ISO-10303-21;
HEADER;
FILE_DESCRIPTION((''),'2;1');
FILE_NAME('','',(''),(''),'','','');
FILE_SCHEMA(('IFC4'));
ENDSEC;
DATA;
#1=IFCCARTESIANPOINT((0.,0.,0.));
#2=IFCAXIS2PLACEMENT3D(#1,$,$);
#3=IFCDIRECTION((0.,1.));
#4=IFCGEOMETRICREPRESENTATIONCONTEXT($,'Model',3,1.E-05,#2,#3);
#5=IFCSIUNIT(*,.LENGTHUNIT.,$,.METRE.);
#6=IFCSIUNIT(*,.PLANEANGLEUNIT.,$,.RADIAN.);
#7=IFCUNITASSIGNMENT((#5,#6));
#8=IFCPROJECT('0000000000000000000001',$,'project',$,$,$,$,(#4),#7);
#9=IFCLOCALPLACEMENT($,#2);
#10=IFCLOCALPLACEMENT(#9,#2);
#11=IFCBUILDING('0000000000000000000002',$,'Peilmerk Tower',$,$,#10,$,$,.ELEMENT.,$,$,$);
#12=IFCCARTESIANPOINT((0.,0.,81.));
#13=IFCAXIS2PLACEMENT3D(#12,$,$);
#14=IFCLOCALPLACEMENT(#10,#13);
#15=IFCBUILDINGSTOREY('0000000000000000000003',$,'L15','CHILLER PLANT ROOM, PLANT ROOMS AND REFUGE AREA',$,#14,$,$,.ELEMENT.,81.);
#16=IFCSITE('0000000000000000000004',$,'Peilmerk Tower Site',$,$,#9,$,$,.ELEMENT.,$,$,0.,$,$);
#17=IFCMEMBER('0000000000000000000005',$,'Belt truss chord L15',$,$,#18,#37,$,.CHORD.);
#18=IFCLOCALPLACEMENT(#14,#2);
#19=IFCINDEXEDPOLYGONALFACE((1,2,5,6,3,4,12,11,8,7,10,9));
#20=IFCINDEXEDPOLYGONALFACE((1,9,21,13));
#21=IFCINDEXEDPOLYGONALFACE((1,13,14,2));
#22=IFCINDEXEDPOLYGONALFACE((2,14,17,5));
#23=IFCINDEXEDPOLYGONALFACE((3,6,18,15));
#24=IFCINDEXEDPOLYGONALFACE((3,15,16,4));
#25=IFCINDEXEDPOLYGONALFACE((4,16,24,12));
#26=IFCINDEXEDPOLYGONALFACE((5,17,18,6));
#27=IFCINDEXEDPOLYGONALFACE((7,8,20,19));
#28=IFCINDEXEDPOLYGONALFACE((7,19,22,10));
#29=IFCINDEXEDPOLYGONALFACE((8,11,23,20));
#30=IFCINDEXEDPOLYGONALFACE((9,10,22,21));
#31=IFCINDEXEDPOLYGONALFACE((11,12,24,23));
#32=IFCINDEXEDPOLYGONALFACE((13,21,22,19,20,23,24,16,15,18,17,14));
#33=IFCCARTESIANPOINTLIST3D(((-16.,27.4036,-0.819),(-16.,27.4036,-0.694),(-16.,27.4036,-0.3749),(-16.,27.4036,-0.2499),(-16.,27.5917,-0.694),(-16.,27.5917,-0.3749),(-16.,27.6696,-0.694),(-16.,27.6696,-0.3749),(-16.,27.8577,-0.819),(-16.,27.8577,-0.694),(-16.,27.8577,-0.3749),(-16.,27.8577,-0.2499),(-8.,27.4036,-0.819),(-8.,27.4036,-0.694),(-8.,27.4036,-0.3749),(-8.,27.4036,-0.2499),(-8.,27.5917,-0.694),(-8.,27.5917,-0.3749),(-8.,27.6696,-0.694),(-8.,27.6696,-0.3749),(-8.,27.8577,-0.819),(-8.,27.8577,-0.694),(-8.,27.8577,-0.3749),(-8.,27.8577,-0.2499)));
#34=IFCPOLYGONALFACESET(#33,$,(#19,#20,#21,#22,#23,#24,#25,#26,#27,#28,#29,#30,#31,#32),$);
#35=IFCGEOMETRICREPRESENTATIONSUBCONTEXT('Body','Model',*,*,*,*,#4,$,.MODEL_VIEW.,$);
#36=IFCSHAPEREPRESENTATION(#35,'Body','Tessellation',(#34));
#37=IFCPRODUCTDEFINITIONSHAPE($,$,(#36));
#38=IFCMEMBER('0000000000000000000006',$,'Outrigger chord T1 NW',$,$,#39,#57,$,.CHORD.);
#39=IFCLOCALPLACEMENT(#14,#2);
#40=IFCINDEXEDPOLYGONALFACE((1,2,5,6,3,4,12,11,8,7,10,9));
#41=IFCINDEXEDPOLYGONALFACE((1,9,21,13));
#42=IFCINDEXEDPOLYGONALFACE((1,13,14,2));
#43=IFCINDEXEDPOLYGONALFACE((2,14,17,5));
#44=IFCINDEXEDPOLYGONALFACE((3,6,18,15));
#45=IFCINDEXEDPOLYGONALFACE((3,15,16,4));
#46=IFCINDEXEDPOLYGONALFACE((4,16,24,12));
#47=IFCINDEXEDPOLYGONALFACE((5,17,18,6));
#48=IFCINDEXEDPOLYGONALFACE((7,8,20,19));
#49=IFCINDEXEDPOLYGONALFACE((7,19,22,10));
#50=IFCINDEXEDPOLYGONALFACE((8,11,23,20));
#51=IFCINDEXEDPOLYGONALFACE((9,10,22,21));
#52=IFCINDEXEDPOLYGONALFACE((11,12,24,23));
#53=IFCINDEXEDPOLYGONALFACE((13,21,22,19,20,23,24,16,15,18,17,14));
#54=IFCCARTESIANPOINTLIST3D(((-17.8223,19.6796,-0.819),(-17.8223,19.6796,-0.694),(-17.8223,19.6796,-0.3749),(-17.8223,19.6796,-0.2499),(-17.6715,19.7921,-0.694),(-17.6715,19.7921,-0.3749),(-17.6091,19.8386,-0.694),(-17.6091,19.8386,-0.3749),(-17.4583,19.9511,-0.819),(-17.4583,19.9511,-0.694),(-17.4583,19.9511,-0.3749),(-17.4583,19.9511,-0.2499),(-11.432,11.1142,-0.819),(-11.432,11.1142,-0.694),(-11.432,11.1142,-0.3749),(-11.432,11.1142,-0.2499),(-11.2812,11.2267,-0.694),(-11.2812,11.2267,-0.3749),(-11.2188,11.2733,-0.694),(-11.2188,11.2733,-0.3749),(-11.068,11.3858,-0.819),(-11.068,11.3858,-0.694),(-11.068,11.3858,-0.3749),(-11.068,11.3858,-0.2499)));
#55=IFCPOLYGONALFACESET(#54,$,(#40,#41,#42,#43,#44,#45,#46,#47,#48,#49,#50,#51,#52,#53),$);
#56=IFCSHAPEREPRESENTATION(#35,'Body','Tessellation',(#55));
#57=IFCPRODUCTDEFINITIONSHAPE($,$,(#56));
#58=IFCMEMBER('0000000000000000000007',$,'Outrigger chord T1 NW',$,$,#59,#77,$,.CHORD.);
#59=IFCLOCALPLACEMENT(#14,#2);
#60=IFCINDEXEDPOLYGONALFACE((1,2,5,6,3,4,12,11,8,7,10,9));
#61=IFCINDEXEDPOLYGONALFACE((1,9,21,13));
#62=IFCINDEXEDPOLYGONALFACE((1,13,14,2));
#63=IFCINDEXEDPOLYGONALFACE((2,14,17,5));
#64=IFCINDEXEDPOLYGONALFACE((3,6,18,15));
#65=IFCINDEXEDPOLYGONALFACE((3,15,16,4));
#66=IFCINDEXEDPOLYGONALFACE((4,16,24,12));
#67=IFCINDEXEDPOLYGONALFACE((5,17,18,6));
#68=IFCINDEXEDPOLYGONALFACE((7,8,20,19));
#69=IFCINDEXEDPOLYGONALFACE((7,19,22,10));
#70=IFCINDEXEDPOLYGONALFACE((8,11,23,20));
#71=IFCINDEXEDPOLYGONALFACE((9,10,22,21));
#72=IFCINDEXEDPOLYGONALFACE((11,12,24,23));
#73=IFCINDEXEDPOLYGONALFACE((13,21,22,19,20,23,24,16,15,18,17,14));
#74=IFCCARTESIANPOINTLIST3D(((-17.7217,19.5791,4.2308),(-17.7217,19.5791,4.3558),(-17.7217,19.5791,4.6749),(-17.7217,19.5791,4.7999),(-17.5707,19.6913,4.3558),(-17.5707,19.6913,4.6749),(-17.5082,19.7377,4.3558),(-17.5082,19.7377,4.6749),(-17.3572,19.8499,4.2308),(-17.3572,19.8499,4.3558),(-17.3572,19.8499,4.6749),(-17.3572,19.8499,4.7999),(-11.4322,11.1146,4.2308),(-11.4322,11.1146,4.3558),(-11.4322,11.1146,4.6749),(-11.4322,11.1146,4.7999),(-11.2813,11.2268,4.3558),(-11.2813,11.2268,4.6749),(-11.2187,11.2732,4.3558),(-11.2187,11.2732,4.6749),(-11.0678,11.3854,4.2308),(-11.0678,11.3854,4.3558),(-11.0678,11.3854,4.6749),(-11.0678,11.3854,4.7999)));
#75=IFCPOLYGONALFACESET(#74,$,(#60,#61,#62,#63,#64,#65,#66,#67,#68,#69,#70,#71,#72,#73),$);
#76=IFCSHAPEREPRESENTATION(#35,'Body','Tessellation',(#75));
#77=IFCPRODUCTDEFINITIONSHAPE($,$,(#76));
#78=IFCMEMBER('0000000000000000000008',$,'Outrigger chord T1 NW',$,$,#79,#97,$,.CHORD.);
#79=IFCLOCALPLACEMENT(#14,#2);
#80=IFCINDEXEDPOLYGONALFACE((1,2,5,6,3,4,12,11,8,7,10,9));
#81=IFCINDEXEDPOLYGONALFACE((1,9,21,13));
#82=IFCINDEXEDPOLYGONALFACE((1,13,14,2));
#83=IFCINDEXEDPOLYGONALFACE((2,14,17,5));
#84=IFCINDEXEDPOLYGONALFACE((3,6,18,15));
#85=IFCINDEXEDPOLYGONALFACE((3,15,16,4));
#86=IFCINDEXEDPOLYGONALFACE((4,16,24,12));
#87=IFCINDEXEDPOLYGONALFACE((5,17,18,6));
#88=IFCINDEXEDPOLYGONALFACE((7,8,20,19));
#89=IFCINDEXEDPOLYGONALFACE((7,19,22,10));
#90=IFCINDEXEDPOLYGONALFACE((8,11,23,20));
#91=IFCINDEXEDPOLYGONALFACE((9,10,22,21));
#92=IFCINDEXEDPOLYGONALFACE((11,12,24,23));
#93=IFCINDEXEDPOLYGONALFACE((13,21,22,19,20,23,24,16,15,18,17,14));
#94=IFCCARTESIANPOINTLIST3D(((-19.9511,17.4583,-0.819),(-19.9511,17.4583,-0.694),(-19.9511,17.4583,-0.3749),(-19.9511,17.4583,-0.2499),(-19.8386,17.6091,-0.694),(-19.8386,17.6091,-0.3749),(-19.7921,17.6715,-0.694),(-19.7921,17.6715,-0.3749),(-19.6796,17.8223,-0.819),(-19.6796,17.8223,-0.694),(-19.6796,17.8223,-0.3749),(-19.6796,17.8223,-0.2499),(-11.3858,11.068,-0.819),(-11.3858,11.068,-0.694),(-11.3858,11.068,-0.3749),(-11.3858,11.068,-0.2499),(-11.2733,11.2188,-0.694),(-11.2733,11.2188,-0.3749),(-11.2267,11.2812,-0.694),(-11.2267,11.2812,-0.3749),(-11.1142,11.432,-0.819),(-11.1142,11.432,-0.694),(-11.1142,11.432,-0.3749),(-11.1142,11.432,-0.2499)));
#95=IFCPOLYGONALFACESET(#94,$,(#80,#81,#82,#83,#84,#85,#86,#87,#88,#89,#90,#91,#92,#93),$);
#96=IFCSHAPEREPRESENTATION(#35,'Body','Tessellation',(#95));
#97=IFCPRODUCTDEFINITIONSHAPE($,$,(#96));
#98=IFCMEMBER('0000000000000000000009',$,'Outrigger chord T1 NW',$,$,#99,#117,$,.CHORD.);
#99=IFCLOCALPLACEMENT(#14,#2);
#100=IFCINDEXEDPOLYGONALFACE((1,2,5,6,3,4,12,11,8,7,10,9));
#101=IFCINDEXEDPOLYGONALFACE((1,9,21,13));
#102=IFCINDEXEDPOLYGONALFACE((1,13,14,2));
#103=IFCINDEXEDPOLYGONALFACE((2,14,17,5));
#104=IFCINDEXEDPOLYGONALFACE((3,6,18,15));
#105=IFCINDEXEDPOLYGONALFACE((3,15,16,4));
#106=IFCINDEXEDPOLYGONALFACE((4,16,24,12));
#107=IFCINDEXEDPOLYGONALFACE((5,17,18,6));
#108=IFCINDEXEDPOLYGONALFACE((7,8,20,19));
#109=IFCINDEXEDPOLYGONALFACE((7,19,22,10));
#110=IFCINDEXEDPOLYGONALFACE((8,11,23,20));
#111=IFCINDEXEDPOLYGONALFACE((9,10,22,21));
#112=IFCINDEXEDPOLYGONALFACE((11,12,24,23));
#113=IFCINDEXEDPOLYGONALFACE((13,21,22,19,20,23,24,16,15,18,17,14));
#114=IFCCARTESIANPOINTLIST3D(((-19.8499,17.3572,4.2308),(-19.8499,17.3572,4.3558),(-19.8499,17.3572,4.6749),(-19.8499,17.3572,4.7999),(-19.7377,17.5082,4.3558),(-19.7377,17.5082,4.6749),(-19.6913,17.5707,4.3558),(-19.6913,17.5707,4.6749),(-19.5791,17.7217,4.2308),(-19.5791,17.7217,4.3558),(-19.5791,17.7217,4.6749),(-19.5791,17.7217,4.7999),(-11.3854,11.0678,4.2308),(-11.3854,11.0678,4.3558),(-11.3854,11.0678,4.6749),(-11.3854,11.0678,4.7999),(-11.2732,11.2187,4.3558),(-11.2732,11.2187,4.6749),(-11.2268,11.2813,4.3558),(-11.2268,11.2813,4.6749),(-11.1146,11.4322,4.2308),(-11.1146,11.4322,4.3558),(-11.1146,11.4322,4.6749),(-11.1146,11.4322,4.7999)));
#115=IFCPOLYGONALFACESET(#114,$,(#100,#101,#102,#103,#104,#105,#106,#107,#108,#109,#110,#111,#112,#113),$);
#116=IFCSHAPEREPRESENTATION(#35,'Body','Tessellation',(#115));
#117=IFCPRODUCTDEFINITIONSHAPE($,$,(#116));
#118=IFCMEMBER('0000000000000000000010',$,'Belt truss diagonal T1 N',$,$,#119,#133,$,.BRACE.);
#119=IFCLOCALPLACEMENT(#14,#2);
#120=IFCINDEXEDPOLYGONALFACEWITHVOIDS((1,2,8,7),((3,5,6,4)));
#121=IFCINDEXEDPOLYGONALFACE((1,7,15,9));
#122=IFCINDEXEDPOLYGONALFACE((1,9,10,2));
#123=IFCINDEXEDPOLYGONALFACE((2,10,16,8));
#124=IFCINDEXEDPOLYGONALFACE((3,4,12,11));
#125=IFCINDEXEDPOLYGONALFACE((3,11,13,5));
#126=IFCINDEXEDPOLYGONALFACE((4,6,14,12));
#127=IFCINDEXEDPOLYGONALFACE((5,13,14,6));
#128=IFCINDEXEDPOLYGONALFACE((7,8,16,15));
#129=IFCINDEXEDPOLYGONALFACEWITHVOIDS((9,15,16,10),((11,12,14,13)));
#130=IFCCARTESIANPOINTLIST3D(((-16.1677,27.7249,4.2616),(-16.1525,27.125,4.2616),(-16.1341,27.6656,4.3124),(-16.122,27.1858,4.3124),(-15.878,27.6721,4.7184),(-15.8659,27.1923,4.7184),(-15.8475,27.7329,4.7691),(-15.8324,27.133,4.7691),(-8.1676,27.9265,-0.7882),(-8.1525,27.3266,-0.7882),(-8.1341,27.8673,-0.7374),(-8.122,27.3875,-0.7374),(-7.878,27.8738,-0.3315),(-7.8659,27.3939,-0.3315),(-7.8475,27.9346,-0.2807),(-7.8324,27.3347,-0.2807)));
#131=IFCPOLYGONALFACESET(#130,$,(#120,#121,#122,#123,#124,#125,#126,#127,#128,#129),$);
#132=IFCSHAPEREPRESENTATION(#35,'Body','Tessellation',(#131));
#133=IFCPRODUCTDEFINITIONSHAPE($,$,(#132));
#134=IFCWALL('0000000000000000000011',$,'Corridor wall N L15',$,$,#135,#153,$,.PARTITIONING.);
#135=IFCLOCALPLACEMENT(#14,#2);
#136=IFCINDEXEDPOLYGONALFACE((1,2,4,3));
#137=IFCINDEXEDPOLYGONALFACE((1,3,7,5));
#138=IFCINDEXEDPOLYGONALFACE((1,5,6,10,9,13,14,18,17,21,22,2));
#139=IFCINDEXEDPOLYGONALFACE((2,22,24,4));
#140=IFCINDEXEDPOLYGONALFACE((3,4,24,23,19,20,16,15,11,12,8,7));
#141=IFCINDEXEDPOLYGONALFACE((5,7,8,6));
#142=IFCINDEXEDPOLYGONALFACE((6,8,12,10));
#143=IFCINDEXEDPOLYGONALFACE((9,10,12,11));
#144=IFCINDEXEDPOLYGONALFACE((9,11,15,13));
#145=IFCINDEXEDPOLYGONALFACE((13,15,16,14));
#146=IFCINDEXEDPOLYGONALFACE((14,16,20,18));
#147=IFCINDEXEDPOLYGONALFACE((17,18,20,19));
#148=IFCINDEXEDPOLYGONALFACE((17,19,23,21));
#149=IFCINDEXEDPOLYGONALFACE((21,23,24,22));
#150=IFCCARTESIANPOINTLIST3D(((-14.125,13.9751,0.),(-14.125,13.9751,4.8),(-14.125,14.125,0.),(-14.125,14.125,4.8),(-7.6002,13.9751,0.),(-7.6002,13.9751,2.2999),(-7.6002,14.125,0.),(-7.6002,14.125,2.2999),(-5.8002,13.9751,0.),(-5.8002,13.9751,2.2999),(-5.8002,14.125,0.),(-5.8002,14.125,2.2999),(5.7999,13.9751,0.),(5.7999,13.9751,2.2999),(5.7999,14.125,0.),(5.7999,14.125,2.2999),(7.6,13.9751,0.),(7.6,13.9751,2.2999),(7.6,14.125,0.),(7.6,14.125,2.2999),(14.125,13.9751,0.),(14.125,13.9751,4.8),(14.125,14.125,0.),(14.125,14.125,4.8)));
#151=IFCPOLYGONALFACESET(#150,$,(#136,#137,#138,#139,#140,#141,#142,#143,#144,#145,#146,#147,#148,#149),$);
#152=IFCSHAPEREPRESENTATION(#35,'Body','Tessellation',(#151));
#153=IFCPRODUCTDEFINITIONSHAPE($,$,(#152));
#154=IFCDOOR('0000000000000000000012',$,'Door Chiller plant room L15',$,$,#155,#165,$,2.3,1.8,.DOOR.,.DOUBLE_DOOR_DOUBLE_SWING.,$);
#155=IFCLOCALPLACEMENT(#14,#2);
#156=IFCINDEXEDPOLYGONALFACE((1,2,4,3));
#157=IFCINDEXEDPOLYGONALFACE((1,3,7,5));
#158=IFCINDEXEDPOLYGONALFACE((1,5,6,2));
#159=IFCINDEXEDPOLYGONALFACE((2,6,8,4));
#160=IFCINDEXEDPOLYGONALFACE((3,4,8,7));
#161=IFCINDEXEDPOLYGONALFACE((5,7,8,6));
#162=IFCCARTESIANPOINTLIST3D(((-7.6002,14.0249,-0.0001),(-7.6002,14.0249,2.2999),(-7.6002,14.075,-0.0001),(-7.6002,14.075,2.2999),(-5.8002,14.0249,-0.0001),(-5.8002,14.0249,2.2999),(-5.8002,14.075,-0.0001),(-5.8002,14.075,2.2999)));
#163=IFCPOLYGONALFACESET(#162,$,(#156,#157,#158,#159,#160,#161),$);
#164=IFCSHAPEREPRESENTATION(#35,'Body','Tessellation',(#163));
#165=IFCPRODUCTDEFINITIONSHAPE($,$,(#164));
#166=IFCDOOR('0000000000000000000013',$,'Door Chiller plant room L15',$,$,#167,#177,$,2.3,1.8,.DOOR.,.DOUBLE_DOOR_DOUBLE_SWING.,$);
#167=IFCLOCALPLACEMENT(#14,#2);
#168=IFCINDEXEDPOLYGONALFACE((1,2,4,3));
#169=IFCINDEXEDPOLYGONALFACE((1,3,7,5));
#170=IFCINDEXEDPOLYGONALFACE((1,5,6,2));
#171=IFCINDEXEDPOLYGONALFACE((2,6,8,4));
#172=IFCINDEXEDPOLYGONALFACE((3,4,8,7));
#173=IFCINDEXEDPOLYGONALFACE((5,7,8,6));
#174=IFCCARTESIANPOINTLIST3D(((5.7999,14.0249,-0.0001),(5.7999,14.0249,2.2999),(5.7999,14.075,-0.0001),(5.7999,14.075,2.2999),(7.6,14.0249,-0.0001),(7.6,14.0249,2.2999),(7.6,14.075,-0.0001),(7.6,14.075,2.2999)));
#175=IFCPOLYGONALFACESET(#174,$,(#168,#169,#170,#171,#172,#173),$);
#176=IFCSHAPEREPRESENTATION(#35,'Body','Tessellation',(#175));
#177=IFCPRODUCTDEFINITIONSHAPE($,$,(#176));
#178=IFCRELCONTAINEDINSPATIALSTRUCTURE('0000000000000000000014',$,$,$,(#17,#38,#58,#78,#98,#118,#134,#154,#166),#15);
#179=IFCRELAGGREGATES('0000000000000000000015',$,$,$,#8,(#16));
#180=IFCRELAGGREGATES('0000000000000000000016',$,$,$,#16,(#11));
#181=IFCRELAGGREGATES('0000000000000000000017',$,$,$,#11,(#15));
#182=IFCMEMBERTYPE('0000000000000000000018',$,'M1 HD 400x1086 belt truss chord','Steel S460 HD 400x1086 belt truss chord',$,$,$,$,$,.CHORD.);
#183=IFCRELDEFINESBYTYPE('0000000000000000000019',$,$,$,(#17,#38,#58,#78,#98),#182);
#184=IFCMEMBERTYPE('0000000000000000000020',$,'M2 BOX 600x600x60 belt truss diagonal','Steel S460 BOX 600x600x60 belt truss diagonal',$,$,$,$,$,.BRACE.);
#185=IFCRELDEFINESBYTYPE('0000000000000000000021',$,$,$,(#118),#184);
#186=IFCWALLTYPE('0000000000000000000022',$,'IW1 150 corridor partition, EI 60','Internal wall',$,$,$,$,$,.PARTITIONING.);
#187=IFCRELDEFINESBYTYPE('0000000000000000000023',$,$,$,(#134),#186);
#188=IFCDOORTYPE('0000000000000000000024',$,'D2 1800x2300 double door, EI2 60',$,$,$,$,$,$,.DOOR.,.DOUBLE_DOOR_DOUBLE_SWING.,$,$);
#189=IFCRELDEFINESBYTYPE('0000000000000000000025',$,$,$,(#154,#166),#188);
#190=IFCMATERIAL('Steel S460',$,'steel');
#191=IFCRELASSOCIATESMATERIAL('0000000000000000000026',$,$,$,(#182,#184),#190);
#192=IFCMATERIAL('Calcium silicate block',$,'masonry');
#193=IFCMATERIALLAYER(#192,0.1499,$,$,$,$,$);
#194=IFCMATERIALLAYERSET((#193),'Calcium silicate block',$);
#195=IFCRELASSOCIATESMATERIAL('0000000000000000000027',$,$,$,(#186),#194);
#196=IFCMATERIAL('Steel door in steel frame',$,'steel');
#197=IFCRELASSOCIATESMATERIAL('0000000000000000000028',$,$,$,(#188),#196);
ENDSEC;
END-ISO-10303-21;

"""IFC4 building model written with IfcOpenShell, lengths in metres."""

from ifc_helpers import new_model, si_unit, direction, frame, frame_2d, origin, origin_2d, place, context, subcontext, project, spatial, rectangle, hollow_rectangle, i_section, extrude, material, layer, layer_set, material_profile, profile_set, type_object, element, fill, save


model = new_model("IFC4")

# Units and contexts
model_context = context("Model", 3, precision=1e-05, world=origin(), true_north=direction((0.0, 1.0)))
body_context = subcontext(model_context, "Body", "Model", "MODEL_VIEW")
ifc_project = project(units=[si_unit("LENGTHUNIT", "METRE"), si_unit("PLANEANGLEUNIT", "RADIAN")], contexts=[model_context])

# Site, building, storey
site_placement = place(None, origin())
site = spatial("IfcSite", under=ifc_project, at=site_placement, Name="Peilmerk Tower Site", CompositionType="ELEMENT", RefElevation=0.0)
building_placement = place(site_placement, origin())
building = spatial("IfcBuilding", under=site, at=building_placement, Name="Peilmerk Tower", CompositionType="ELEMENT")
storey_placement = place(building_placement, frame((0.0, 0.0, 81.0)))
storey = spatial("IfcBuildingStorey", under=building, at=storey_placement, Name="L15", Description="CHILLER PLANT ROOM, PLANT ROOMS AND REFUGE AREA", CompositionType="ELEMENT", Elevation=81.0)

# Shared definitions
ifc_material_1 = material(Name="Steel S460", Category="steel")

# Members
ifc_material_profile_1 = material_profile(ifc_material_1, i_section(OverallWidth=0.4541, OverallDepth=0.5691, WebThickness=0.0779, FlangeThickness=0.125, at=origin_2d()), Name="HD 400x1086")
ifc_profile_set_1 = profile_set([ifc_material_profile_1], Name="Steel S460")
member_type_1 = type_object("IfcMemberType", Name="M1 HD 400x1086 belt truss chord", Description="Steel S460 HD 400x1086 belt truss chord", PredefinedType="CHORD", material=ifc_profile_set_1)
for number, where, z_axis, x_axis, name in (
    (1, (-8.0, 27.6306, -0.5344), (-1.0, 0.0, 0.0), (0.0, -1.0, 0.0), "Belt truss chord L15"),
):
    element("IfcMember", number, at=place(storey_placement, frame(where, z_axis=z_axis, x_axis=x_axis)), inside=storey, type_object=member_type_1, Name=name, PredefinedType="CHORD", context=body_context, shape_type="SweptSolid", body=[
        extrude(i_section(OverallWidth=0.4541, OverallDepth=0.5691, WebThickness=0.0779, FlangeThickness=0.125, at=origin_2d()), origin(), (0.0, 0.0, 1.0), 8.0),
    ])
member_1_placement = place(storey_placement, frame((-11.25, 11.25, -0.5344), z_axis=(-0.59798, 0.801511, 0.0), x_axis=(-0.801511, -0.59798, 0.0)))
element("IfcMember", 2, at=member_1_placement, inside=storey, type_object=member_type_1, Name="Outrigger chord T1 NW", PredefinedType="CHORD", context=body_context, shape_type="SweptSolid", body=[
    extrude(i_section(OverallWidth=0.4541, OverallDepth=0.5691, WebThickness=0.0779, FlangeThickness=0.125, at=origin_2d()), origin(), (0.0, 0.0, 1.0), 10.6865),
])
member_2_placement = place(storey_placement, frame((-11.25, 11.25, 4.5154), z_axis=(-0.596419, 0.802673, 0.0), x_axis=(-0.802673, -0.596419, 0.0)))
element("IfcMember", 3, at=member_2_placement, inside=storey, type_object=member_type_1, Name="Outrigger chord T1 NW", PredefinedType="CHORD", context=body_context, shape_type="SweptSolid", body=[
    extrude(i_section(OverallWidth=0.4541, OverallDepth=0.5691, WebThickness=0.0779, FlangeThickness=0.125, at=origin_2d()), origin(), (0.0, 0.0, 1.0), 10.5454),
])
member_3_placement = place(storey_placement, frame((-11.25, 11.25, -0.5344), z_axis=(-0.801511, 0.59798, 0.0), x_axis=(-0.59798, -0.801511, 0.0)))
element("IfcMember", 4, at=member_3_placement, inside=storey, type_object=member_type_1, Name="Outrigger chord T1 NW", PredefinedType="CHORD", context=body_context, shape_type="SweptSolid", body=[
    extrude(i_section(OverallWidth=0.4541, OverallDepth=0.5691, WebThickness=0.0779, FlangeThickness=0.125, at=origin_2d()), origin(), (0.0, 0.0, 1.0), 10.6865),
])
member_4_placement = place(storey_placement, frame((-11.25, 11.25, 4.5154), z_axis=(-0.802673, 0.596419, 0.0), x_axis=(-0.596419, -0.802673, 0.0)))
element("IfcMember", 5, at=member_4_placement, inside=storey, type_object=member_type_1, Name="Outrigger chord T1 NW", PredefinedType="CHORD", context=body_context, shape_type="SweptSolid", body=[
    extrude(i_section(OverallWidth=0.4541, OverallDepth=0.5691, WebThickness=0.0779, FlangeThickness=0.125, at=origin_2d()), origin(), (0.0, 0.0, 1.0), 10.5454),
])
ifc_material_profile_2 = material_profile(ifc_material_1, hollow_rectangle(XDim=0.6001, YDim=0.6001, WallThickness=0.0601, at=origin_2d()), Name="BOX 600x600x60")
ifc_profile_set_2 = profile_set([ifc_material_profile_2], Name="Steel S460")
member_type_2 = type_object("IfcMemberType", Name="M2 BOX 600x600x60 belt truss diagonal", Description="Steel S460 BOX 600x600x60 belt truss diagonal", PredefinedType="BRACE", material=ifc_profile_set_2)
member_5_placement = place(storey_placement, frame((-8.0, 27.6306, -0.5344), z_axis=(-0.845432, -0.021311, 0.533658), x_axis=(0.0252, -0.999682, 0.0)))
element("IfcMember", 6, at=member_5_placement, inside=storey, type_object=member_type_2, Name="Belt truss diagonal T1 N", PredefinedType="BRACE", context=body_context, shape_type="SweptSolid", body=[
    extrude(hollow_rectangle(XDim=0.6001, YDim=0.6001, WallThickness=0.0601, at=origin_2d()), origin(), (0.0, 0.0, 1.0), 9.4626),
])

# Wall, openings, doors
ifc_material_2 = material(Name="Calcium silicate block", Category="masonry")
ifc_layer = layer(ifc_material_2, 0.1499)
ifc_layer_set = layer_set([ifc_layer], Name="Calcium silicate block")
wall_type = type_object("IfcWallType", Name="IW1 150 corridor partition, EI 60", Description="Internal wall", PredefinedType="PARTITIONING", material=ifc_layer_set)
wall_1_placement = place(storey_placement, frame((-14.125, 14.05, 0.0), z_axis=(0.0, 0.0, 1.0), x_axis=(1.0, 0.0, 0.0)))
wall_1 = element("IfcWall", 7, at=wall_1_placement, inside=storey, type_object=wall_type, Name="Corridor wall N L15", PredefinedType="PARTITIONING", context=body_context, shape_type="SweptSolid", body=[
    extrude(rectangle(XDim=28.25, YDim=0.1499, at=frame_2d((14.125, 0.0))), origin(), (0.0, 0.0, 1.0), 4.8),
])
opening_1_placement = place(wall_1_placement, frame((6.5249, 0.0, 0.0)))
opening_1 = element("IfcOpeningElement", 8, at=opening_1_placement, cuts=wall_1, PredefinedType="OPENING", context=body_context, shape_type="SweptSolid", body=[
    extrude(rectangle(XDim=1.8, YDim=2.3, at=frame_2d((0.8999, 1.1499))), frame((0.0, 0.085, 0.0), z_axis=(0.0, -1.0, 0.0), x_axis=(1.0, 0.0, 0.0)), (0.0, 0.0, 1.0), 0.1699),
])
opening_2_placement = place(wall_1_placement, frame((19.925, 0.0, 0.0)))
opening_2 = element("IfcOpeningElement", 9, at=opening_2_placement, cuts=wall_1, PredefinedType="OPENING", context=body_context, shape_type="SweptSolid", body=[
    extrude(rectangle(XDim=1.8, YDim=2.3, at=frame_2d((0.8999, 1.1499))), frame((0.0, 0.085, 0.0), z_axis=(0.0, -1.0, 0.0), x_axis=(1.0, 0.0, 0.0)), (0.0, 0.0, 1.0), 0.1699),
])
ifc_material_3 = material(Name="Steel door in steel frame", Category="steel")
door_type = type_object("IfcDoorType", Name="D2 1800x2300 double door, EI2 60", OperationType="DOUBLE_DOOR_DOUBLE_SWING", PredefinedType="DOOR", material=ifc_material_3)
door_1_placement = place(opening_1_placement, origin())
door_1 = element("IfcDoor", 10, at=door_1_placement, inside=storey, type_object=door_type, Name="Door Chiller plant room L15", OperationType="DOUBLE_DOOR_DOUBLE_SWING", OverallHeight=2.3, OverallWidth=1.8, PredefinedType="DOOR", context=body_context, shape_type="SweptSolid", body=[
    extrude(rectangle(XDim=1.8, YDim=2.3, at=frame_2d((0.8999, 1.1499))), frame((0.0, 0.0249, 0.0), z_axis=(0.0, -1.0, 0.0), x_axis=(1.0, 0.0, 0.0)), (0.0, 0.0, 1.0), 0.05),
])
fill(opening_1, door_1)
door_2_placement = place(opening_2_placement, origin())
door_2 = element("IfcDoor", 11, at=door_2_placement, inside=storey, type_object=door_type, Name="Door Chiller plant room L15", OperationType="DOUBLE_DOOR_DOUBLE_SWING", OverallHeight=2.3, OverallWidth=1.8, PredefinedType="DOOR", context=body_context, shape_type="SweptSolid", body=[
    extrude(rectangle(XDim=1.8, YDim=2.3, at=frame_2d((0.8999, 1.1499))), frame((0.0, 0.0249, 0.0), z_axis=(0.0, -1.0, 0.0), x_axis=(1.0, 0.0, 0.0)), (0.0, 0.0, 1.0), 0.05),
])
fill(opening_2, door_2)

save(model, "model.ifc")
